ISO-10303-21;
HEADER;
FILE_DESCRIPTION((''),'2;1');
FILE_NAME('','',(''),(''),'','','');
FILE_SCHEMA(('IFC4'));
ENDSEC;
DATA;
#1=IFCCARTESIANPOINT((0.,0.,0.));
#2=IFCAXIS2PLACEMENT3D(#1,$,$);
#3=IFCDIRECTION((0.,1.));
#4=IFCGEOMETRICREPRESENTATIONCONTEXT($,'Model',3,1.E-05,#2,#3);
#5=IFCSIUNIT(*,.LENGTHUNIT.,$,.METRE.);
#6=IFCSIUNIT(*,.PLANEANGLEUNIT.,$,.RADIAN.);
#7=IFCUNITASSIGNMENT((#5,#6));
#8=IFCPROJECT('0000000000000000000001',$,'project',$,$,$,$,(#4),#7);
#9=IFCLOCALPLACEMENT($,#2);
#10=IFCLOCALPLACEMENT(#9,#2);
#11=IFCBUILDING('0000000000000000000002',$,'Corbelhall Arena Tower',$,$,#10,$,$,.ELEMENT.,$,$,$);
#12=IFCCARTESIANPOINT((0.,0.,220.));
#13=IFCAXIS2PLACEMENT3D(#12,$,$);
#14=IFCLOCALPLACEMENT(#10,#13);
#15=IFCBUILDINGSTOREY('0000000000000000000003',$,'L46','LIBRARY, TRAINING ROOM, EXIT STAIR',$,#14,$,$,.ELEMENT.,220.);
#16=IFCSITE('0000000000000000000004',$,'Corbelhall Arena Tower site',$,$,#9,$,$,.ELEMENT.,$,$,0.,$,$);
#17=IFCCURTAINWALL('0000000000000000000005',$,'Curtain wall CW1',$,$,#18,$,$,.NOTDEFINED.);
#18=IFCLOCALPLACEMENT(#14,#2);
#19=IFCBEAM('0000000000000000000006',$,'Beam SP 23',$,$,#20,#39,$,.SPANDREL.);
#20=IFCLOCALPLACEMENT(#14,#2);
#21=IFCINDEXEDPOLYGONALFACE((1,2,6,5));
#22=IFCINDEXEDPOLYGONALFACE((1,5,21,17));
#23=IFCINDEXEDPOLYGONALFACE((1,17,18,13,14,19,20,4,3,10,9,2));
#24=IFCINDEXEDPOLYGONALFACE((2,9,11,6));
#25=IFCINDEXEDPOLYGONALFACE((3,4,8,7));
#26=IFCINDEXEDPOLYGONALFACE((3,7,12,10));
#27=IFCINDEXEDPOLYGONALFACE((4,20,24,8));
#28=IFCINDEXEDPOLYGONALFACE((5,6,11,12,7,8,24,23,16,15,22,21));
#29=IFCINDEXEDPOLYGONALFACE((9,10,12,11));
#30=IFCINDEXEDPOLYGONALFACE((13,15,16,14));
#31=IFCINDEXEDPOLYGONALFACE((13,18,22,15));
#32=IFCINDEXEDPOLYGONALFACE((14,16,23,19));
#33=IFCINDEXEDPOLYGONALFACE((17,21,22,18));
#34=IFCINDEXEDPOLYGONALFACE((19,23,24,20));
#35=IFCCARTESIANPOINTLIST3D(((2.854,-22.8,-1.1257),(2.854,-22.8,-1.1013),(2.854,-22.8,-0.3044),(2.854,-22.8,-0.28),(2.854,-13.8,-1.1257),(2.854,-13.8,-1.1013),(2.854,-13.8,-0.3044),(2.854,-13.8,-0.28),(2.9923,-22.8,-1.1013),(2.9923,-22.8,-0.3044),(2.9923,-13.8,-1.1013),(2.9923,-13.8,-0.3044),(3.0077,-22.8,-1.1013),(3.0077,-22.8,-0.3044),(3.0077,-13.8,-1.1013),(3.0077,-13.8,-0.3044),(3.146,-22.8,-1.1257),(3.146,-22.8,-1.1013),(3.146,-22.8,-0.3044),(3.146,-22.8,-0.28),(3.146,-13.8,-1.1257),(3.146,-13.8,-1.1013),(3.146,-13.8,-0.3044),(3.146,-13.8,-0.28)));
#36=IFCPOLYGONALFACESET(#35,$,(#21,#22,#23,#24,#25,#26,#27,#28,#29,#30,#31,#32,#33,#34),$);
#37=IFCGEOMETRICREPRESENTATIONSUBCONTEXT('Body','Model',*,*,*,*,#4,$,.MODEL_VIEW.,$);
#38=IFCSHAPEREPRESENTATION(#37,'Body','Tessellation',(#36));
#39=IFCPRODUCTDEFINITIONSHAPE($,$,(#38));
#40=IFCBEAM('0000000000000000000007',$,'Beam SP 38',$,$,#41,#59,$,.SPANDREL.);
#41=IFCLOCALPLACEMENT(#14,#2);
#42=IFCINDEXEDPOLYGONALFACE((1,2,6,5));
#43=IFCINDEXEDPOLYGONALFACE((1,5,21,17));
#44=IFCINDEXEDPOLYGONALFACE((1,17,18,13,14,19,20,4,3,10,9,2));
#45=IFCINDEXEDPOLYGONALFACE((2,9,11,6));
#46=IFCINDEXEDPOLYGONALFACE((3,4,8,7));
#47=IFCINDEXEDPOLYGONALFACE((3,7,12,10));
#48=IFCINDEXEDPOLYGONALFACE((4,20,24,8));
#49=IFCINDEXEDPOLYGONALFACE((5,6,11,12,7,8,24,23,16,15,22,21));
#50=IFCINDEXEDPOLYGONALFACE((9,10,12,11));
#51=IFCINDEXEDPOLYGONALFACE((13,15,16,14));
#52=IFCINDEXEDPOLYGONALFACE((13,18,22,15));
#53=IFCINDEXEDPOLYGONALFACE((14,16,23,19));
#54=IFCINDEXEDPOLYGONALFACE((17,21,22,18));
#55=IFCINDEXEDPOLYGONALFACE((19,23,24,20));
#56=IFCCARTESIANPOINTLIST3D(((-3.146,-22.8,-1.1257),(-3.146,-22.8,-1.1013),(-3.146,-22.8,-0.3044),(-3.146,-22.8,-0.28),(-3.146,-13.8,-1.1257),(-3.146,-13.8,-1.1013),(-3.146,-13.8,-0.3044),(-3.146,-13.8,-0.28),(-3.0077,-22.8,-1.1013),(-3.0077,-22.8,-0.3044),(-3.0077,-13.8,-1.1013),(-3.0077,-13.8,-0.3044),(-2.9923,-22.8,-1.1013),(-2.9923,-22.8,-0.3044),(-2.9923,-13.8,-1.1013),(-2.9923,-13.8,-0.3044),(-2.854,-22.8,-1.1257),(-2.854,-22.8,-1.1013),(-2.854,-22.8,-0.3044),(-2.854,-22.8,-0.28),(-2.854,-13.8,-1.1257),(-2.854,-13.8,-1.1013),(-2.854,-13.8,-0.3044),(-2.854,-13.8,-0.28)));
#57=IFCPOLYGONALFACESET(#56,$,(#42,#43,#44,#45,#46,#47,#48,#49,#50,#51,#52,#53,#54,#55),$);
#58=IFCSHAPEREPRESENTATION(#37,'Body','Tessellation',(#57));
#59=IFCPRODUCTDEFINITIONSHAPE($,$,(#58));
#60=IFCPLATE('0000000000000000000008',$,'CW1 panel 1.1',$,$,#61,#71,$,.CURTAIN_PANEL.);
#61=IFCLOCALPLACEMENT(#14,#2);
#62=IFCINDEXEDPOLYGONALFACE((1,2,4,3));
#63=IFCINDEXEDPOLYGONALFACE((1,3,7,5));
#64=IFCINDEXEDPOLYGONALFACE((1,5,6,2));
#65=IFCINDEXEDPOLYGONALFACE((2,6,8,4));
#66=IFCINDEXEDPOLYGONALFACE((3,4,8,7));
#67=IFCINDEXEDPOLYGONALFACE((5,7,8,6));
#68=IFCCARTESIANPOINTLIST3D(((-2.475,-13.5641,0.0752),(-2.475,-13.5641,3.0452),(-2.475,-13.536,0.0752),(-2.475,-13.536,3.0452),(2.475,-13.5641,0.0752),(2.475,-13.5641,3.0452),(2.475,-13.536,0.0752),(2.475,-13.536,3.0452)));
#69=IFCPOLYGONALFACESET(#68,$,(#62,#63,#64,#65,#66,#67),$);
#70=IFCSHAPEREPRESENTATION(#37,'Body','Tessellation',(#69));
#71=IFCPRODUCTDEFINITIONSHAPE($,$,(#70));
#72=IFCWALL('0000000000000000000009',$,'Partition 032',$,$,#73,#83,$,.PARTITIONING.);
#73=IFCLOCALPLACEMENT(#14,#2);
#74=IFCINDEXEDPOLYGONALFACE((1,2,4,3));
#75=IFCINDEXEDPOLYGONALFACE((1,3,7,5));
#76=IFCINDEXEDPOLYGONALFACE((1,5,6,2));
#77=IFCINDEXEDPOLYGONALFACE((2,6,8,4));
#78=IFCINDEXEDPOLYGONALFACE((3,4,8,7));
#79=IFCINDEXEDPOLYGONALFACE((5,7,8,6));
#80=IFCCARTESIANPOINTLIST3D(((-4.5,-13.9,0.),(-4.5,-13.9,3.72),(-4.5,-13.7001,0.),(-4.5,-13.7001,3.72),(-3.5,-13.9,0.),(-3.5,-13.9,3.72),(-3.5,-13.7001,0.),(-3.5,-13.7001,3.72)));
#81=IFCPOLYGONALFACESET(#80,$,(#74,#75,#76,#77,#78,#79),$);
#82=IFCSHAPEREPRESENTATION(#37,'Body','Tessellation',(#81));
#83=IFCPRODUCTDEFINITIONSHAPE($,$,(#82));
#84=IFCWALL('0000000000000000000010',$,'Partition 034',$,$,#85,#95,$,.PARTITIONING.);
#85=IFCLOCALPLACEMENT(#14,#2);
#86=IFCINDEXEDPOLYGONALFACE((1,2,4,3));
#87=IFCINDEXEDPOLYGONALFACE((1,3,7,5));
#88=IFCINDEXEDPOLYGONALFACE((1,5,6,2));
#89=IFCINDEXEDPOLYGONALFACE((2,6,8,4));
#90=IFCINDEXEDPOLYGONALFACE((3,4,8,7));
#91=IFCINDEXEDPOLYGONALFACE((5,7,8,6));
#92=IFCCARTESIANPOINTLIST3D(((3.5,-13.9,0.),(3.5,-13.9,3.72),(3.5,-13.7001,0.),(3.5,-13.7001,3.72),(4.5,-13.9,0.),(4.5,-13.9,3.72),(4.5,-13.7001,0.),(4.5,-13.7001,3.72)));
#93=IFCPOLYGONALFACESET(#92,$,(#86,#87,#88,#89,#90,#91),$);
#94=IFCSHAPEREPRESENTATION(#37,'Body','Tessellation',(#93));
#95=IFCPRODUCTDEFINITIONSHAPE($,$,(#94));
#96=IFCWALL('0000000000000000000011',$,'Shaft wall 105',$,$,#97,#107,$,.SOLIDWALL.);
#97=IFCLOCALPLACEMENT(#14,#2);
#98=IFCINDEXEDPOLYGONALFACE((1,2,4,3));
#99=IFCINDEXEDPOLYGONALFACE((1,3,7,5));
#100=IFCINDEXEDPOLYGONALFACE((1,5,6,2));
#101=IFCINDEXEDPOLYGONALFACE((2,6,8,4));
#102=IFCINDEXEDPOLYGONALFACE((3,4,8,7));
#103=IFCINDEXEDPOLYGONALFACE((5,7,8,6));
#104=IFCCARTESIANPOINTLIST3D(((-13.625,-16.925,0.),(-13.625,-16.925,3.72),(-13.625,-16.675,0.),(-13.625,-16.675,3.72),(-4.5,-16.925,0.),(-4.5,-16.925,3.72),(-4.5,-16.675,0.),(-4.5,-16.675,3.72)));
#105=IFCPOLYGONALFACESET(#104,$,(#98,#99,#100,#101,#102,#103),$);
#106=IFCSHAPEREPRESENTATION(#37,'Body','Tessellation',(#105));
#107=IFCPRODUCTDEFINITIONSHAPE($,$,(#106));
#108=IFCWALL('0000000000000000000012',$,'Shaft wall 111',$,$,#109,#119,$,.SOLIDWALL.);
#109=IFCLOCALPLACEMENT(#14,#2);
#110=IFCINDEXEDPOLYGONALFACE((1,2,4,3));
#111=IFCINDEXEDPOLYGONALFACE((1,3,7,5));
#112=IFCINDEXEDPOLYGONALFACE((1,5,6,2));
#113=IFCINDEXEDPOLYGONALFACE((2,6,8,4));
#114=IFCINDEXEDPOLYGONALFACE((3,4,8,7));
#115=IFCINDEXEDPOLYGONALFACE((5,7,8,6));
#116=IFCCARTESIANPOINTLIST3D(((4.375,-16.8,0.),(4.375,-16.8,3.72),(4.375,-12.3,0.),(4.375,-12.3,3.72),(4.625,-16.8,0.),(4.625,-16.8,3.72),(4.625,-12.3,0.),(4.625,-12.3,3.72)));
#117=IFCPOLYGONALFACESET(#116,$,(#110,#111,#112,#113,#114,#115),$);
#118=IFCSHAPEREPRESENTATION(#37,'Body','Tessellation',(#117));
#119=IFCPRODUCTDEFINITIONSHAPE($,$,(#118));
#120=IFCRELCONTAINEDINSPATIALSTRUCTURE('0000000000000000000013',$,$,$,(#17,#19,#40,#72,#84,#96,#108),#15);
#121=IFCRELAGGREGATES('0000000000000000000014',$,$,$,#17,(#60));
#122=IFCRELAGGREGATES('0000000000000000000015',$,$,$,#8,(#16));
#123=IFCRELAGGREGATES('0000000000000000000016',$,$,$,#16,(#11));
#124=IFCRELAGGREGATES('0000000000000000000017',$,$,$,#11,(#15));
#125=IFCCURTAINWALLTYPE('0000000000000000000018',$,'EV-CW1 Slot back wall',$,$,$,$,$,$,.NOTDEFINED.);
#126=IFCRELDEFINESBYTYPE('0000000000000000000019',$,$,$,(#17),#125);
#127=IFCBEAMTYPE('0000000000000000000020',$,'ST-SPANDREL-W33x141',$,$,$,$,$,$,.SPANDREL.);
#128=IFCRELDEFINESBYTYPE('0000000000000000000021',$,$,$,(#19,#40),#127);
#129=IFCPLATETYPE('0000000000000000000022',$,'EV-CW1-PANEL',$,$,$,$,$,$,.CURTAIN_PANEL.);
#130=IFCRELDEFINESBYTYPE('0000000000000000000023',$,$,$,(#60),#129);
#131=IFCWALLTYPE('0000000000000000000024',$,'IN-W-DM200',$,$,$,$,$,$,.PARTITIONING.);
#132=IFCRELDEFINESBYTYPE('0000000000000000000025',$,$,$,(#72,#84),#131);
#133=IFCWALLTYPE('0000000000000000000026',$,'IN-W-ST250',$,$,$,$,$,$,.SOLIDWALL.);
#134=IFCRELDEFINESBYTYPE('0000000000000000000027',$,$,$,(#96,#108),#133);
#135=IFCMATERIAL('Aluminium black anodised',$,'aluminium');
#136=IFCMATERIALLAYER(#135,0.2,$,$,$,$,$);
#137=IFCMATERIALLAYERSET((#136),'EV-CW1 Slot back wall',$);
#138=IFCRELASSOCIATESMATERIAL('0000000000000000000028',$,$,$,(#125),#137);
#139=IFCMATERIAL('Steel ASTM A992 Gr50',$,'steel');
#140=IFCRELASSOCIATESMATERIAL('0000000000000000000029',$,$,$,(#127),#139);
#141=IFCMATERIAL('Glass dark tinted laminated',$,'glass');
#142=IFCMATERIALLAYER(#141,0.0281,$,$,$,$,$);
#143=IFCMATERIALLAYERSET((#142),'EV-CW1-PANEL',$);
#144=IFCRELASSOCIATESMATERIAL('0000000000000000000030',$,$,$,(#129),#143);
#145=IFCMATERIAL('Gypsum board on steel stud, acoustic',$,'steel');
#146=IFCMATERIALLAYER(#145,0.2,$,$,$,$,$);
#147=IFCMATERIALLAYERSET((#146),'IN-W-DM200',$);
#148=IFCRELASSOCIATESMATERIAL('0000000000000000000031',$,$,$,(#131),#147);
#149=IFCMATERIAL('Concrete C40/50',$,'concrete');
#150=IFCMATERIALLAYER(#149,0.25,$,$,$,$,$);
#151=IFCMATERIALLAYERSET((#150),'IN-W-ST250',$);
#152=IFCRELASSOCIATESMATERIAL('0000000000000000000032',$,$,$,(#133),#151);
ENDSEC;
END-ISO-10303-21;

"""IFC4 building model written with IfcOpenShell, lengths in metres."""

from ifc_helpers import new_model, si_unit, direction, frame, frame_2d, origin, origin_2d, place, context, subcontext, project, spatial, rectangle, i_section, extrude, material, layer, layer_set, material_profile, profile_set, type_object, element, aggregate, save


model = new_model("IFC4")

# Units and contexts
model_context = context("Model", 3, precision=1e-05, world=origin(), true_north=direction((0.0, 1.0)))
body_context = subcontext(model_context, "Body", "Model", "MODEL_VIEW")
ifc_project = project(units=[si_unit("LENGTHUNIT", "METRE"), si_unit("PLANEANGLEUNIT", "RADIAN")], contexts=[model_context])

# Site, building, storey
site_placement = place(None, origin())
site = spatial("IfcSite", under=ifc_project, at=site_placement, Name="Corbelhall Arena Tower site", CompositionType="ELEMENT", RefElevation=0.0)
building_placement = place(site_placement, origin())
building = spatial("IfcBuilding", under=site, at=building_placement, Name="Corbelhall Arena Tower", CompositionType="ELEMENT")
storey_placement = place(building_placement, frame((0.0, 0.0, 220.0)))
storey = spatial("IfcBuildingStorey", under=building, at=storey_placement, Name="L46", Description="LIBRARY, TRAINING ROOM, EXIT STAIR", CompositionType="ELEMENT", Elevation=220.0)

# Curtain wall
ifc_material_1 = material(Name="Aluminium black anodised", Category="aluminium")
ifc_layer_1 = layer(ifc_material_1, 0.2)
ifc_layer_set_1 = layer_set([ifc_layer_1], Name="EV-CW1 Slot back wall")
curtain_wall_type = type_object("IfcCurtainWallType", Name="EV-CW1 Slot back wall", PredefinedType="NOTDEFINED", material=ifc_layer_set_1)
curtain_wall_placement = place(storey_placement, origin())
curtain_wall = element("IfcCurtainWall", 1, at=curtain_wall_placement, inside=storey, type_object=curtain_wall_type, Name="Curtain wall CW1", PredefinedType="NOTDEFINED")

# Beams
ifc_material_2 = material(Name="Steel ASTM A992 Gr50", Category="steel")
ifc_material_profile_1 = material_profile(ifc_material_2, i_section(OverallWidth=0.292, OverallDepth=0.8457, WebThickness=0.0154, FlangeThickness=0.0244, at=origin_2d()))
ifc_profile_set_1 = profile_set([ifc_material_profile_1], Name="Steel ASTM A992 Gr50")
beam_type_1 = type_object("IfcBeamType", Name="ST-SPANDREL-W33x141", PredefinedType="SPANDREL", material=ifc_profile_set_1)
for number, where, z_axis, x_axis, name in (
    (2, (3.0, -22.8, -0.7029), (0.0, 1.0, 0.0), (-1.0, 0.0, 0.0), "Beam SP 23"),
    (3, (-3.0, -13.8, -0.7029), (0.0, -1.0, 0.0), (1.0, 0.0, 0.0), "Beam SP 38"),
):
    element("IfcBeam", number, at=place(storey_placement, frame(where, z_axis=z_axis, x_axis=x_axis)), inside=storey, type_object=beam_type_1, Name=name, PredefinedType="SPANDREL", context=body_context, shape_type="SweptSolid", body=[
        extrude(i_section(OverallWidth=0.292, OverallDepth=0.8457, WebThickness=0.0154, FlangeThickness=0.0244, at=origin_2d()), origin(), (0.0, 0.0, 1.0), 9.0),
    ])

# Plate
ifc_material_3 = material(Name="Glass dark tinted laminated", Category="glass")
ifc_layer_2 = layer(ifc_material_3, 0.0281)
ifc_layer_set_2 = layer_set([ifc_layer_2], Name="EV-CW1-PANEL")
plate_type = type_object("IfcPlateType", Name="EV-CW1-PANEL", PredefinedType="CURTAIN_PANEL", material=ifc_layer_set_2)
plate_placement = place(storey_placement, frame((0.0, -13.55, 0.0752), z_axis=(0.0, 0.0, 1.0), x_axis=(1.0, 0.0, 0.0)))
plate = element("IfcPlate", 4, at=plate_placement, type_object=plate_type, Name="CW1 panel 1.1", PredefinedType="CURTAIN_PANEL", context=body_context, shape_type="SweptSolid", body=[
    extrude(rectangle(XDim=4.95, YDim=0.0281, at=origin_2d()), origin(), (0.0, 0.0, 1.0), 2.97),
])
aggregate(curtain_wall, [plate])

# Walls
ifc_material_4 = material(Name="Gypsum board on steel stud, acoustic", Category="steel")
ifc_layer_3 = layer(ifc_material_4, 0.2)
ifc_layer_set_3 = layer_set([ifc_layer_3], Name="IN-W-DM200")
wall_type_1 = type_object("IfcWallType", Name="IN-W-DM200", PredefinedType="PARTITIONING", material=ifc_layer_set_3)
for number, where, z_axis, x_axis, name in (
    (5, (-3.5, -13.8, 0.0), (0.0, 0.0, 1.0), (-1.0, 0.0, 0.0), "Partition 032"),
    (6, (4.5, -13.8, 0.0), (0.0, 0.0, 1.0), (-1.0, 0.0, 0.0), "Partition 034"),
):
    element("IfcWall", number, at=place(storey_placement, frame(where, z_axis=z_axis, x_axis=x_axis)), inside=storey, type_object=wall_type_1, Name=name, PredefinedType="PARTITIONING", context=body_context, shape_type="SweptSolid", body=[
        extrude(rectangle(XDim=1.0, YDim=0.2, at=frame_2d((0.5, 0.0))), origin(), (0.0, 0.0, 1.0), 3.72),
    ])
ifc_material_5 = material(Name="Concrete C40/50", Category="concrete")
ifc_layer_4 = layer(ifc_material_5, 0.25)
ifc_layer_set_4 = layer_set([ifc_layer_4], Name="IN-W-ST250")
wall_type_2 = type_object("IfcWallType", Name="IN-W-ST250", PredefinedType="SOLIDWALL", material=ifc_layer_set_4)
wall_1_placement = place(storey_placement, frame((-4.5, -16.8, 0.0), z_axis=(0.0, 0.0, 1.0), x_axis=(-1.0, 0.0, 0.0)))
element("IfcWall", 7, at=wall_1_placement, inside=storey, type_object=wall_type_2, Name="Shaft wall 105", PredefinedType="SOLIDWALL", context=body_context, shape_type="SweptSolid", body=[
    extrude(rectangle(XDim=9.125, YDim=0.25, at=frame_2d((4.5625, 0.0))), origin(), (0.0, 0.0, 1.0), 3.72),
])
wall_2_placement = place(storey_placement, frame((4.5, -16.8, 0.0), z_axis=(0.0, 0.0, 1.0), x_axis=(0.0, 1.0, 0.0)))
element("IfcWall", 8, at=wall_2_placement, inside=storey, type_object=wall_type_2, Name="Shaft wall 111", PredefinedType="SOLIDWALL", context=body_context, shape_type="SweptSolid", body=[
    extrude(rectangle(XDim=4.5, YDim=0.25, at=frame_2d((2.25, 0.0))), origin(), (0.0, 0.0, 1.0), 3.72),
])

save(model, "model.ifc")
